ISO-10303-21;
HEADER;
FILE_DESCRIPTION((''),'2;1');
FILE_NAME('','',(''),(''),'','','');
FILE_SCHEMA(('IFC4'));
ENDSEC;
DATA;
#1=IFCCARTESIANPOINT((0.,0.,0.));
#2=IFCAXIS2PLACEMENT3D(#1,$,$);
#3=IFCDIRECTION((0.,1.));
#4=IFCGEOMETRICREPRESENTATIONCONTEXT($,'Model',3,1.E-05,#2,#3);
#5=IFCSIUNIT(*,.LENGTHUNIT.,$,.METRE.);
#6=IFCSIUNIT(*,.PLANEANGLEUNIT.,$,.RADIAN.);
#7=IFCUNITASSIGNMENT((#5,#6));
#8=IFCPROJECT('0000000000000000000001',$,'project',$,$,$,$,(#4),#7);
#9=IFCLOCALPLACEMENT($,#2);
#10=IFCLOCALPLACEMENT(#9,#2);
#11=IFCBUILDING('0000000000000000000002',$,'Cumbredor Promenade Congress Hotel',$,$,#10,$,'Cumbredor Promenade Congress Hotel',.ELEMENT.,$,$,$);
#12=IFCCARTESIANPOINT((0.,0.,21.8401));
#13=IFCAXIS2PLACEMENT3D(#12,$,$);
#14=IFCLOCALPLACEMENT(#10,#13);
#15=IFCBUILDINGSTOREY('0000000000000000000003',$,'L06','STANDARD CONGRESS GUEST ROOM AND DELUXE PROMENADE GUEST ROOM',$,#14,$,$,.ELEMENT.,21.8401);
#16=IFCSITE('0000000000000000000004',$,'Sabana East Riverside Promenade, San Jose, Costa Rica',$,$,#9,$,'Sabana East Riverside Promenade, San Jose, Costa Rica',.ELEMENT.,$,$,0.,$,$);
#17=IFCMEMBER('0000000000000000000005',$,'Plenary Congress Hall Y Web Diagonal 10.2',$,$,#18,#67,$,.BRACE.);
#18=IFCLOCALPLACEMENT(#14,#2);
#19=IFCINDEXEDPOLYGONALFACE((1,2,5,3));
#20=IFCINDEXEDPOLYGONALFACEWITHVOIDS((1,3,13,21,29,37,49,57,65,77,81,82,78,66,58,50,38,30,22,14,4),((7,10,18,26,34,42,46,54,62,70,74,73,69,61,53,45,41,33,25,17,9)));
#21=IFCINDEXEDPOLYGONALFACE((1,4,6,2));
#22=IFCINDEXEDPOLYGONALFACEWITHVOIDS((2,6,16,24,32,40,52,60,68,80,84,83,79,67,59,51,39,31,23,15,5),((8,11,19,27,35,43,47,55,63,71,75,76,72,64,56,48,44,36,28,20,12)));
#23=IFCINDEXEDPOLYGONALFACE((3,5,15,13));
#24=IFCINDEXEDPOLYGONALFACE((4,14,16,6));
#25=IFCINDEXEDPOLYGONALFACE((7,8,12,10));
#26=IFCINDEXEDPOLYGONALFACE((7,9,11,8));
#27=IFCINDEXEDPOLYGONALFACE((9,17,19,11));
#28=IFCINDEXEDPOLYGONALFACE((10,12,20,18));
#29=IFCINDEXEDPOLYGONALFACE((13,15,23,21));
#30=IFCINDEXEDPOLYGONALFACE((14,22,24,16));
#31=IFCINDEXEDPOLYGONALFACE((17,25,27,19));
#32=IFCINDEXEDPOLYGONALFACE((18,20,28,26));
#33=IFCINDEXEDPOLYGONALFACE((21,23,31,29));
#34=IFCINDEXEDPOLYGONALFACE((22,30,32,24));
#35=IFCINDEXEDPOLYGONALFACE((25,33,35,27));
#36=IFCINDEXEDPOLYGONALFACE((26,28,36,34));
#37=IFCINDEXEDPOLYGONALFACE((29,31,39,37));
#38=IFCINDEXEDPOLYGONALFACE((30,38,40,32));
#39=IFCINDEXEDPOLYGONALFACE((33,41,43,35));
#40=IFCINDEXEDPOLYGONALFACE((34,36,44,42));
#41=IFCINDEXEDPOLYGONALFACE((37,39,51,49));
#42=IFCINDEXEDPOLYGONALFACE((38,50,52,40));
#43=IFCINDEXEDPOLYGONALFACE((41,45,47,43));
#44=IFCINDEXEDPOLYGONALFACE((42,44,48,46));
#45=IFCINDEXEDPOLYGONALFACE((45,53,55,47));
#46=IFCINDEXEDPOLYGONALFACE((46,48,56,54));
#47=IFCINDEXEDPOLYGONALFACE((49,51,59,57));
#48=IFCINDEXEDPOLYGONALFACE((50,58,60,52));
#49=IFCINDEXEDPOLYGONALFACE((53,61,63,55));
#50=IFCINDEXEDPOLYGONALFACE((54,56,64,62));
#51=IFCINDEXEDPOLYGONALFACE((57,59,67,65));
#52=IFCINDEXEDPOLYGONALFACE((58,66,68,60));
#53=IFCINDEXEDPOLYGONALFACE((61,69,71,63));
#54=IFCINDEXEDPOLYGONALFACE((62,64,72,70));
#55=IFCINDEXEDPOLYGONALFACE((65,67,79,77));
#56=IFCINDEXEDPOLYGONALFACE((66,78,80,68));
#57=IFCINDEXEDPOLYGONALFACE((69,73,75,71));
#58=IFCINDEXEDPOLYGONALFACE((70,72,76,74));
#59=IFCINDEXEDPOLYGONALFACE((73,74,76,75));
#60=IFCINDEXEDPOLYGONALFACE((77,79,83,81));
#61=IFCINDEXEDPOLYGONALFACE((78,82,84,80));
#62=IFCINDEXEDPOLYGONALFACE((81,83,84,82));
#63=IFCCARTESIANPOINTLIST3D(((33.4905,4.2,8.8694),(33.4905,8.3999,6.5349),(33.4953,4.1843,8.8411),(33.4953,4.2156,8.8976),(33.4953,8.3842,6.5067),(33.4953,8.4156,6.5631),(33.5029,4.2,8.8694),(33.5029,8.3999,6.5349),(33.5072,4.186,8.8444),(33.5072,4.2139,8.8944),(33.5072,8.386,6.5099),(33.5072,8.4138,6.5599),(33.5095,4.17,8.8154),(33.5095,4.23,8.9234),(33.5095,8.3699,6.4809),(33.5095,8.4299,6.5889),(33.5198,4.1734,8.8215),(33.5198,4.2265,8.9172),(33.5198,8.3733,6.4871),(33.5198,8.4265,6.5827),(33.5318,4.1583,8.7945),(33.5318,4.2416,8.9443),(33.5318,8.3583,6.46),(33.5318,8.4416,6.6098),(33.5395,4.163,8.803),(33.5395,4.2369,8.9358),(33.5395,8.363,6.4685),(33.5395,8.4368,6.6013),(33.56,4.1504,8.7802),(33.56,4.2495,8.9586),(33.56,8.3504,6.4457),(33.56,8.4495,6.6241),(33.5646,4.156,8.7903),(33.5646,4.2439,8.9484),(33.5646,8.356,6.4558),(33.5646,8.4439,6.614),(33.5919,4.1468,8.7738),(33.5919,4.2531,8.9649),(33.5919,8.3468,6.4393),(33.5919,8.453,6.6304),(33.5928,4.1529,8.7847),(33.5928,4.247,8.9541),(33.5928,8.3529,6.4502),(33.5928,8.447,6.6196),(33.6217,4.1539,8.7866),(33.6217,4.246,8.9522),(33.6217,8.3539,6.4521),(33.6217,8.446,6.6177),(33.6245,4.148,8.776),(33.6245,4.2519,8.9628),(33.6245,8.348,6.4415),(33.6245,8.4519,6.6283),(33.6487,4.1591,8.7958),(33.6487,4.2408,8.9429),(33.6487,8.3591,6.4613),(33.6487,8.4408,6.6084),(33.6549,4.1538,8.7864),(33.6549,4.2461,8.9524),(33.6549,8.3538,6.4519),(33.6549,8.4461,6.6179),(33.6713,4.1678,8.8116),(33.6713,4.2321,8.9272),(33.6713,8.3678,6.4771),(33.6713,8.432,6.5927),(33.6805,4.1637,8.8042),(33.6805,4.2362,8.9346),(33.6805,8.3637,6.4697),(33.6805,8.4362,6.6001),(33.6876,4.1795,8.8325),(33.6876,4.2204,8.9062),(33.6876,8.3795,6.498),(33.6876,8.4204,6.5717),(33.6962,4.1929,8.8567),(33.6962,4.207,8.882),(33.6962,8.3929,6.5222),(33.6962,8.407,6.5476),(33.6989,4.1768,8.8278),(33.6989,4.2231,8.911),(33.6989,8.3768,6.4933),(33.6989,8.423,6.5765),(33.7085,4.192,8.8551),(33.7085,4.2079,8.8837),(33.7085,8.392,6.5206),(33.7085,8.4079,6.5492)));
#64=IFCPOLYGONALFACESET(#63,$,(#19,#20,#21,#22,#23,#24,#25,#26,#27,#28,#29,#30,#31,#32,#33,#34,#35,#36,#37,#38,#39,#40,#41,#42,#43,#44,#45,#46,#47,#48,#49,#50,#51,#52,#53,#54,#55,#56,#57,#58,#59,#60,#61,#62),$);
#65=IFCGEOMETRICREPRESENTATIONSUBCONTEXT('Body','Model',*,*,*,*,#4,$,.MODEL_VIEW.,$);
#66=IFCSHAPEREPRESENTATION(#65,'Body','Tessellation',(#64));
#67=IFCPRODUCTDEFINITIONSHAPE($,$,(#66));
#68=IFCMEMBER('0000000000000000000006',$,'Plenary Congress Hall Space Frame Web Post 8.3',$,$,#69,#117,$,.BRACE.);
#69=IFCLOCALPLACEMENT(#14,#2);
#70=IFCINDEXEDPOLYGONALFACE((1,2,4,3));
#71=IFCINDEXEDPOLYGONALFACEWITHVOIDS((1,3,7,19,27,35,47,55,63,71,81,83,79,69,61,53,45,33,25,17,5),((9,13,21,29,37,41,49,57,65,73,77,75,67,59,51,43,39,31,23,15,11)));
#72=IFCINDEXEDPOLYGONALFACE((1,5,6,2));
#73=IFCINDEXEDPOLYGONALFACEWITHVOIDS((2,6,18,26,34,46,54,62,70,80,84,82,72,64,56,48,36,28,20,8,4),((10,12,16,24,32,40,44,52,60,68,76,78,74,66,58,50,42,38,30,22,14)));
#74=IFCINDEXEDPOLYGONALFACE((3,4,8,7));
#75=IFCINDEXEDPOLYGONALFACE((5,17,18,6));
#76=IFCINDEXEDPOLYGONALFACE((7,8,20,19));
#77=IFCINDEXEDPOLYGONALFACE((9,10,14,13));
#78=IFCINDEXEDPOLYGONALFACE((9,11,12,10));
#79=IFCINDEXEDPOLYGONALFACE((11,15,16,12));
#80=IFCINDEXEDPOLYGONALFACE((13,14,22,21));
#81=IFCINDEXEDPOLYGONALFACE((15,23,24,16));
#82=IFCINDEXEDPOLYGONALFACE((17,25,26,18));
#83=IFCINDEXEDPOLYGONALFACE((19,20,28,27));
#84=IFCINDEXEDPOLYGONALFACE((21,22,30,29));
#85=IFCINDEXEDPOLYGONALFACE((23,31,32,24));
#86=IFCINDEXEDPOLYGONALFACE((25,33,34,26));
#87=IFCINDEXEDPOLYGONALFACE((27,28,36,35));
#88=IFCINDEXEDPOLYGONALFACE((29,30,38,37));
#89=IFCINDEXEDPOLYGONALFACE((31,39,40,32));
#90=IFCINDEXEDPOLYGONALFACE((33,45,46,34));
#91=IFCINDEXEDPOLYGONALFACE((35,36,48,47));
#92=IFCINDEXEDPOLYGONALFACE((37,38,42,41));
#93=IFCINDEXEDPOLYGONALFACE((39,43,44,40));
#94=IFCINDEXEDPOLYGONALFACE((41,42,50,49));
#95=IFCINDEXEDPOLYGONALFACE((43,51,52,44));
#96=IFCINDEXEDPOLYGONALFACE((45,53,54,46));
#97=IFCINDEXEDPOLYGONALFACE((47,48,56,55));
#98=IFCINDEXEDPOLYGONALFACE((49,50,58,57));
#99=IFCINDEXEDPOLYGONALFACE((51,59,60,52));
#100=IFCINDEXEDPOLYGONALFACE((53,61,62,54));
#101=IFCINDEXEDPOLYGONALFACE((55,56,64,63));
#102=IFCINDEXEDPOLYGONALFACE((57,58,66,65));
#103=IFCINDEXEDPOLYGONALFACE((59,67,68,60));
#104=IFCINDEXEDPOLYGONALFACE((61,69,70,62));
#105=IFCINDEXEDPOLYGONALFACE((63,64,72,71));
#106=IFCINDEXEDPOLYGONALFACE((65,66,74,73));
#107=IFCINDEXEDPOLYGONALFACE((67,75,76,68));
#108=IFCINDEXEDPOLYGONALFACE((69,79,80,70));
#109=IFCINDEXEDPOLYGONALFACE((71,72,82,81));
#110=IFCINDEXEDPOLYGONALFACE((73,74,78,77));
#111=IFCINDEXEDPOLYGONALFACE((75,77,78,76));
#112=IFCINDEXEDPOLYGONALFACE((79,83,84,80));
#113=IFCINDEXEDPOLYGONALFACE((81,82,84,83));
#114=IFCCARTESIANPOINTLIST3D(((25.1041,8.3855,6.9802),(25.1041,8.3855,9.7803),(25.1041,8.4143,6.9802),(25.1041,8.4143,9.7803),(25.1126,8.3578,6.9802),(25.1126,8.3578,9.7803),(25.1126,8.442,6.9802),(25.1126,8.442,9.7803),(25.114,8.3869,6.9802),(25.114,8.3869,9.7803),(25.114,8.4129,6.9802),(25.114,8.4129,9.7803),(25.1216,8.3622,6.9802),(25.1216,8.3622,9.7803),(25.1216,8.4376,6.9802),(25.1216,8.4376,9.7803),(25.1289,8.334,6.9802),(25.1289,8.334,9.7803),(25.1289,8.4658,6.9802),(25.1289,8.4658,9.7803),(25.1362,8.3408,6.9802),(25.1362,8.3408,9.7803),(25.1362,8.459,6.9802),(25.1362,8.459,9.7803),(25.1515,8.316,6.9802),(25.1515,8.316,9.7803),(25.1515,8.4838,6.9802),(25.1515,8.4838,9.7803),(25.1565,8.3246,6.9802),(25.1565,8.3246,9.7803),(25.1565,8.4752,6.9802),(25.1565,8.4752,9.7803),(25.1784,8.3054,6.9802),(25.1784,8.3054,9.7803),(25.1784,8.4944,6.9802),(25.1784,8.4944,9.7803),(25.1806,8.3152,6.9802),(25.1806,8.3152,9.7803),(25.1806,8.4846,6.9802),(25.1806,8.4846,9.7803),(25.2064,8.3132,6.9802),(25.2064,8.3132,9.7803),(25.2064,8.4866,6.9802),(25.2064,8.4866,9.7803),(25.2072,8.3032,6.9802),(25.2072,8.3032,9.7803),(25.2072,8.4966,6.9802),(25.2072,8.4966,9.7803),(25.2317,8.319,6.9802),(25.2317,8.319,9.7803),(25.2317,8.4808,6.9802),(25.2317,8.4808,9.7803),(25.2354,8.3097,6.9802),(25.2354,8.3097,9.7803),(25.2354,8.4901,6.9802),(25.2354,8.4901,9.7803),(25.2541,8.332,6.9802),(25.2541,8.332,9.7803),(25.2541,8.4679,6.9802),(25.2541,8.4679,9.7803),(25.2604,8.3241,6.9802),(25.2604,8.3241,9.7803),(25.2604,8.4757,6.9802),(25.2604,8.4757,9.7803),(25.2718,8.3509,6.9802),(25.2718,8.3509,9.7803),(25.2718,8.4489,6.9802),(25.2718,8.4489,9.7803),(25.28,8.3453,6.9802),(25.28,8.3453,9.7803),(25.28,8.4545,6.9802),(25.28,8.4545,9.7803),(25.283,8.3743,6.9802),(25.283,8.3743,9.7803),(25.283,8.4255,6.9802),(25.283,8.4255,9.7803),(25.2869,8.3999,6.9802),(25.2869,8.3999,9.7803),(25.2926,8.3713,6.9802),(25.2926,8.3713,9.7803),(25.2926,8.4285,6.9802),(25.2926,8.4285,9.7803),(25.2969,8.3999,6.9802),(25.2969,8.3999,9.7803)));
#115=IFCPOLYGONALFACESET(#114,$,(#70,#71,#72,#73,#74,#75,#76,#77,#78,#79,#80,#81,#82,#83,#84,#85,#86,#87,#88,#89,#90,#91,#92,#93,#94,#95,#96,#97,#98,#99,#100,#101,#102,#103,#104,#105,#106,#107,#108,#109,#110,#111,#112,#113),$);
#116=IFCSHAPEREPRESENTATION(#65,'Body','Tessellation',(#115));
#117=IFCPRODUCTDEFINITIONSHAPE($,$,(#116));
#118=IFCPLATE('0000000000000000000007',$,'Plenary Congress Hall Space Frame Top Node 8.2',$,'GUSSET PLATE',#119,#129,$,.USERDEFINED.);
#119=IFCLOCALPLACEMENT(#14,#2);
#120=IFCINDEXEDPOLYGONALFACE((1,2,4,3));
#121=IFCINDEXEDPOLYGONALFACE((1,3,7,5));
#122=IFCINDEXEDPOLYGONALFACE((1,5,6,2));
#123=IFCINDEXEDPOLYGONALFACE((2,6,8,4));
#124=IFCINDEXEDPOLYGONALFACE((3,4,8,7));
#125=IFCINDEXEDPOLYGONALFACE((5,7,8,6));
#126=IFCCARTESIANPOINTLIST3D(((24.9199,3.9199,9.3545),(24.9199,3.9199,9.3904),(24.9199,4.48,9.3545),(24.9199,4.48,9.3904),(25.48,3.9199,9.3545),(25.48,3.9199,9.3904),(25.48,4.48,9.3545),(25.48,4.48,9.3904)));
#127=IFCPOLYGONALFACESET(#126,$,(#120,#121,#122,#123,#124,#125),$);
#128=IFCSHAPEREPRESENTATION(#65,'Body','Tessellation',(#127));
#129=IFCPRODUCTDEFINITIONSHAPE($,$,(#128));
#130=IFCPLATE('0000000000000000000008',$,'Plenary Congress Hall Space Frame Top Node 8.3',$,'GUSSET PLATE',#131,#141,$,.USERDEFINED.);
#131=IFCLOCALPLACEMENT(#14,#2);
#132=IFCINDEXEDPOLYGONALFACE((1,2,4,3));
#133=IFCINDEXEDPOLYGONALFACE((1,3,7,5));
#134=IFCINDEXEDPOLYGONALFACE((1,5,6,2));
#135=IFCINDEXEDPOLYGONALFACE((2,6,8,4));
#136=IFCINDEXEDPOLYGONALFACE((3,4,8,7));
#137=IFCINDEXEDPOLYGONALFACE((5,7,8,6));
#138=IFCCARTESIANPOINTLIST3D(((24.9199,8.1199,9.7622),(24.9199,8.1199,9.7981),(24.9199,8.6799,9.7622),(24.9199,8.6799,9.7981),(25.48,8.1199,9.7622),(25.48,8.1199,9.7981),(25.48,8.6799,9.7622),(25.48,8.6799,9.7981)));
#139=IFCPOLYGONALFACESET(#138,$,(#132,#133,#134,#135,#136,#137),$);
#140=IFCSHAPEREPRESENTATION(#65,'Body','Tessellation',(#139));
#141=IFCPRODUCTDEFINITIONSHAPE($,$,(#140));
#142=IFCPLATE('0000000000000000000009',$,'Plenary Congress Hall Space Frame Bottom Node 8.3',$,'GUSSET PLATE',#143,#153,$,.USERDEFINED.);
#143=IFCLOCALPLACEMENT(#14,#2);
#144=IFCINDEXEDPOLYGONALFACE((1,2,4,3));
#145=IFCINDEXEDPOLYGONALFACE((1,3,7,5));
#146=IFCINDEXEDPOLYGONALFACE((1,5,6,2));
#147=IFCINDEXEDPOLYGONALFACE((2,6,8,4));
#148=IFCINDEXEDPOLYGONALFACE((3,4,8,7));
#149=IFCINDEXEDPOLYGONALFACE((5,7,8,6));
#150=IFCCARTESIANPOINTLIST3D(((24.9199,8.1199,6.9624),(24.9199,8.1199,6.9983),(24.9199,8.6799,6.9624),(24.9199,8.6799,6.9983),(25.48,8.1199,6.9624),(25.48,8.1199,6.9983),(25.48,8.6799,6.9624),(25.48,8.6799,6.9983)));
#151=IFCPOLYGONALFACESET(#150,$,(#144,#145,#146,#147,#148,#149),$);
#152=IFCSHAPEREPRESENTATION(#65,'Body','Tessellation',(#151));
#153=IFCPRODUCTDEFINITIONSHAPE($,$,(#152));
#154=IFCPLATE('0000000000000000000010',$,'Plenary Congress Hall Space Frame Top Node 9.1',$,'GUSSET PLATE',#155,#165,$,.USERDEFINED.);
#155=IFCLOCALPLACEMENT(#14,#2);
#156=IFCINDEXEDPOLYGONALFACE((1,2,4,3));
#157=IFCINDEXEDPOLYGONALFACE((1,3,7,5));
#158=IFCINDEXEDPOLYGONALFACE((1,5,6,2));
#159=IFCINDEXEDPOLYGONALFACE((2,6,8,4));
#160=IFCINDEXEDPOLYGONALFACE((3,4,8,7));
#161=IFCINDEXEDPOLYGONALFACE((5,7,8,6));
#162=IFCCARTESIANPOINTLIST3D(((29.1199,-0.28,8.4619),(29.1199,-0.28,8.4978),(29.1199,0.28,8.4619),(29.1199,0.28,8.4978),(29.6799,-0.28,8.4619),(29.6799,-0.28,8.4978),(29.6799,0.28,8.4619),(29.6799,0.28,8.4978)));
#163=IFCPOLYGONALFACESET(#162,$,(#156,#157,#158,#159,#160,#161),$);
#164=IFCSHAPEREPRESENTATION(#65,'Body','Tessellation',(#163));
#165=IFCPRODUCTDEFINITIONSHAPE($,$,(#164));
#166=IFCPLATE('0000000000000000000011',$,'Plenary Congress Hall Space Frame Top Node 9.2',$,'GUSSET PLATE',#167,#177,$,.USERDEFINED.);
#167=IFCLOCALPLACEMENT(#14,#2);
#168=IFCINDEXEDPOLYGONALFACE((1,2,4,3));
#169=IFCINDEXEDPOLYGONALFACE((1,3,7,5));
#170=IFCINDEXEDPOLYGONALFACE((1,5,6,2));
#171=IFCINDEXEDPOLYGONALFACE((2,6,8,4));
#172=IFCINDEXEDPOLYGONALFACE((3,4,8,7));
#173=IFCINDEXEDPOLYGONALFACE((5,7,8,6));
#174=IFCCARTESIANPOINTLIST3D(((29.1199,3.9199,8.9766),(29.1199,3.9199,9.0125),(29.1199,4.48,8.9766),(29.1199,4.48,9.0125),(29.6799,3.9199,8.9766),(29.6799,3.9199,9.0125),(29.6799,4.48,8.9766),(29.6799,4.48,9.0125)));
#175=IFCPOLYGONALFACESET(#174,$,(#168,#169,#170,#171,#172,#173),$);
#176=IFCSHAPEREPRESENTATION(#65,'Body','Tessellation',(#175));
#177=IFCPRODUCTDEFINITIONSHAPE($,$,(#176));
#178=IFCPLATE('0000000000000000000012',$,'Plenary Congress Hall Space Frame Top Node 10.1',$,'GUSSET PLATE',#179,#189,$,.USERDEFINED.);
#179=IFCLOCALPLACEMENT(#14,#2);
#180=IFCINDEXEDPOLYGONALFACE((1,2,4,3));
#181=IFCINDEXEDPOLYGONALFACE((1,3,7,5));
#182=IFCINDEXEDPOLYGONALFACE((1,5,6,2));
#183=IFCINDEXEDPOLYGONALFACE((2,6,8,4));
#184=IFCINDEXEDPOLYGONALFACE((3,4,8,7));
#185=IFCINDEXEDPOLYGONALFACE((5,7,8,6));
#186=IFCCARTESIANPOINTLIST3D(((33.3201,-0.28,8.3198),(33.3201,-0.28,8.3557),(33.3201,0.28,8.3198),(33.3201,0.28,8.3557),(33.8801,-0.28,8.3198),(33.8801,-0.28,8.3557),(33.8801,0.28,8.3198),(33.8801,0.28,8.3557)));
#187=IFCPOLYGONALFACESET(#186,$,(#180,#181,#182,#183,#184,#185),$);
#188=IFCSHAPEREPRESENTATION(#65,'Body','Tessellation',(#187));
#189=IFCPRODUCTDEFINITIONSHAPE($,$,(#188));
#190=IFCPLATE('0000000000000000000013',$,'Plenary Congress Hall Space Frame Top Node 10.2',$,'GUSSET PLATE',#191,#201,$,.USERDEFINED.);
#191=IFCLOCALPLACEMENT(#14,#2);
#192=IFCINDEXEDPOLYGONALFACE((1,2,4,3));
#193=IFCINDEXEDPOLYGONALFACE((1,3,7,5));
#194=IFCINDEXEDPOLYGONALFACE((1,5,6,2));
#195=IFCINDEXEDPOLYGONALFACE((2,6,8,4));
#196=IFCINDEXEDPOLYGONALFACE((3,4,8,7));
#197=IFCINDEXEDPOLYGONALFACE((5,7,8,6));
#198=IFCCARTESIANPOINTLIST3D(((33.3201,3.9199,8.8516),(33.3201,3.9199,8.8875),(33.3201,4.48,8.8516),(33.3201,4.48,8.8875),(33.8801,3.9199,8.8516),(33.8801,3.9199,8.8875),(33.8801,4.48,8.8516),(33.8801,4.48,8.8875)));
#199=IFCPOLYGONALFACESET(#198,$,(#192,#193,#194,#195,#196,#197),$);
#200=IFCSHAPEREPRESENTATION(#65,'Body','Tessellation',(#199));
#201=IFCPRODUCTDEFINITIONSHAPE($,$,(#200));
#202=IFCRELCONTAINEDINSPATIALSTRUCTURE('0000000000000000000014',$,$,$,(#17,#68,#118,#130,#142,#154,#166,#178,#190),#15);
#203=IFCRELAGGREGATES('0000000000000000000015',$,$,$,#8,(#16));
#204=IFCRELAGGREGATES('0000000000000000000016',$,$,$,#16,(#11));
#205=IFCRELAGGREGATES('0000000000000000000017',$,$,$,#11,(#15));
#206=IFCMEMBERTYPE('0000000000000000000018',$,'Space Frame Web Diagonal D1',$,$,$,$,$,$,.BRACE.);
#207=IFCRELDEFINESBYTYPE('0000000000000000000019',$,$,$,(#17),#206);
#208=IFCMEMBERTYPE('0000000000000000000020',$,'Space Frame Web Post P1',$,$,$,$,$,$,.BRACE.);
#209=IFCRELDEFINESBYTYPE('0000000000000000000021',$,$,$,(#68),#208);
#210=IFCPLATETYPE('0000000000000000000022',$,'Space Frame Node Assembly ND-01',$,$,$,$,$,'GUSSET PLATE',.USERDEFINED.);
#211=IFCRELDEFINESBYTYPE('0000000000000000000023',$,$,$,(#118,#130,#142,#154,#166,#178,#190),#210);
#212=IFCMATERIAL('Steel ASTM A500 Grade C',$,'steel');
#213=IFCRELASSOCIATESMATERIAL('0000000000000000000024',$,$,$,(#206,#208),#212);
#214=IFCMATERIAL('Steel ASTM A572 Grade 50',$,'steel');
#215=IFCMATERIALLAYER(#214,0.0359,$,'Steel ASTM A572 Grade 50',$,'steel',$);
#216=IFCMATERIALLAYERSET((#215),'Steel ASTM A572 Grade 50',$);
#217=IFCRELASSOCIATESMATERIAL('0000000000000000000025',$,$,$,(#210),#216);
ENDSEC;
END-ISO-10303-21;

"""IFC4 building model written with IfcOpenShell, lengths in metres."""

from ifc_helpers import new_model, si_unit, direction, frame, origin, origin_2d, place, context, subcontext, project, spatial, rectangle, hollow_circle, extrude, material, layer, layer_set, material_profile, profile_set, type_object, element, save


model = new_model("IFC4")

# Units and contexts
model_context = context("Model", 3, precision=1e-05, world=origin(), true_north=direction((0.0, 1.0)))
body_context = subcontext(model_context, "Body", "Model", "MODEL_VIEW")
ifc_project = project(units=[si_unit("LENGTHUNIT", "METRE"), si_unit("PLANEANGLEUNIT", "RADIAN")], contexts=[model_context])

# Site, building, storey
site_placement = place(None, origin())
site = spatial("IfcSite", under=ifc_project, at=site_placement, Name="Sabana East Riverside Promenade, San Jose, Costa Rica", LongName="Sabana East Riverside Promenade, San Jose, Costa Rica", CompositionType="ELEMENT", RefElevation=0.0)
building_placement = place(site_placement, origin())
building = spatial("IfcBuilding", under=site, at=building_placement, Name="Cumbredor Promenade Congress Hotel", LongName="Cumbredor Promenade Congress Hotel", CompositionType="ELEMENT")
storey_placement = place(building_placement, frame((0.0, 0.0, 21.8401)))
storey = spatial("IfcBuildingStorey", under=building, at=storey_placement, Name="L06", Description="STANDARD CONGRESS GUEST ROOM AND DELUXE PROMENADE GUEST ROOM", CompositionType="ELEMENT", Elevation=21.8401)

# Members
ifc_material_1 = material(Name="Steel ASTM A500 Grade C", Category="steel")
ifc_material_profile_1 = material_profile(ifc_material_1, hollow_circle(Radius=0.1096, WallThickness=0.0125, at=origin_2d()), Name="CHS 219.1x12.5")
ifc_profile_set_1 = profile_set([ifc_material_profile_1], Name="Steel ASTM A500 Grade C")
member_type_1 = type_object("IfcMemberType", Name="Space Frame Web Diagonal D1", PredefinedType="BRACE", material=ifc_profile_set_1)
member_1_placement = place(storey_placement, frame((33.6001, 4.2, 8.8694), z_axis=(0.0, 0.874054, -0.485828), x_axis=(-1.0, 0.0, 0.0)))
element("IfcMember", 1, at=member_1_placement, inside=storey, type_object=member_type_1, Name="Plenary Congress Hall Y Web Diagonal 10.2", PredefinedType="BRACE", context=body_context, shape_type="SweptSolid", body=[
    extrude(hollow_circle(Radius=0.1096, WallThickness=0.0125, at=origin_2d()), origin(), (0.0, 0.0, 1.0), 4.8052),
])
ifc_material_profile_2 = material_profile(ifc_material_1, hollow_circle(Radius=0.0969, WallThickness=0.01, at=origin_2d()), Name="CHS 193.7x10")
ifc_profile_set_2 = profile_set([ifc_material_profile_2], Name="Steel ASTM A500 Grade C")
member_type_2 = type_object("IfcMemberType", Name="Space Frame Web Post P1", PredefinedType="BRACE", material=ifc_profile_set_2)
member_2_placement = place(storey_placement, frame((25.2, 8.3999, 6.9802), z_axis=(0.0, 0.0, 1.0), x_axis=(1.0, 0.0, 0.0)))
element("IfcMember", 2, at=member_2_placement, inside=storey, type_object=member_type_2, Name="Plenary Congress Hall Space Frame Web Post 8.3", PredefinedType="BRACE", context=body_context, shape_type="SweptSolid", body=[
    extrude(hollow_circle(Radius=0.0969, WallThickness=0.01, at=origin_2d()), origin(), (0.0, 0.0, 1.0), 2.8),
])

# Plates
ifc_material_2 = material(Name="Steel ASTM A572 Grade 50", Category="steel")
ifc_layer = layer(ifc_material_2, 0.0359, Name="Steel ASTM A572 Grade 50", Category="steel")
ifc_layer_set = layer_set([ifc_layer], Name="Steel ASTM A572 Grade 50")
plate_type = type_object("IfcPlateType", Name="Space Frame Node Assembly ND-01", ElementType="GUSSET PLATE", PredefinedType="USERDEFINED", material=ifc_layer_set)
for number, where, z_axis, x_axis, name in (
    (3, (25.2, 4.2, 9.3545), (0.0, 0.0, 1.0), (1.0, 0.0, 0.0), "Plenary Congress Hall Space Frame Top Node 8.2"),
    (4, (25.2, 8.3999, 9.7622), (0.0, 0.0, 1.0), (1.0, 0.0, 0.0), "Plenary Congress Hall Space Frame Top Node 8.3"),
    (5, (25.2, 8.3999, 6.9624), (0.0, 0.0, 1.0), (1.0, 0.0, 0.0), "Plenary Congress Hall Space Frame Bottom Node 8.3"),
    (6, (29.3999, 0.0, 8.4619), (0.0, 0.0, 1.0), (1.0, 0.0, 0.0), "Plenary Congress Hall Space Frame Top Node 9.1"),
    (7, (29.3999, 4.2, 8.9766), (0.0, 0.0, 1.0), (1.0, 0.0, 0.0), "Plenary Congress Hall Space Frame Top Node 9.2"),
    (8, (33.6001, 0.0, 8.3198), (0.0, 0.0, 1.0), (1.0, 0.0, 0.0), "Plenary Congress Hall Space Frame Top Node 10.1"),
    (9, (33.6001, 4.2, 8.8516), (0.0, 0.0, 1.0), (1.0, 0.0, 0.0), "Plenary Congress Hall Space Frame Top Node 10.2"),
):
    element("IfcPlate", number, at=place(storey_placement, frame(where, z_axis=z_axis, x_axis=x_axis)), inside=storey, type_object=plate_type, Name=name, ObjectType="GUSSET PLATE", PredefinedType="USERDEFINED", context=body_context, shape_type="SweptSolid", body=[
        extrude(rectangle(XDim=0.5601, YDim=0.5601, at=origin_2d()), origin(), (0.0, 0.0, 1.0), 0.0359),
    ])

save(model, "model.ifc")
